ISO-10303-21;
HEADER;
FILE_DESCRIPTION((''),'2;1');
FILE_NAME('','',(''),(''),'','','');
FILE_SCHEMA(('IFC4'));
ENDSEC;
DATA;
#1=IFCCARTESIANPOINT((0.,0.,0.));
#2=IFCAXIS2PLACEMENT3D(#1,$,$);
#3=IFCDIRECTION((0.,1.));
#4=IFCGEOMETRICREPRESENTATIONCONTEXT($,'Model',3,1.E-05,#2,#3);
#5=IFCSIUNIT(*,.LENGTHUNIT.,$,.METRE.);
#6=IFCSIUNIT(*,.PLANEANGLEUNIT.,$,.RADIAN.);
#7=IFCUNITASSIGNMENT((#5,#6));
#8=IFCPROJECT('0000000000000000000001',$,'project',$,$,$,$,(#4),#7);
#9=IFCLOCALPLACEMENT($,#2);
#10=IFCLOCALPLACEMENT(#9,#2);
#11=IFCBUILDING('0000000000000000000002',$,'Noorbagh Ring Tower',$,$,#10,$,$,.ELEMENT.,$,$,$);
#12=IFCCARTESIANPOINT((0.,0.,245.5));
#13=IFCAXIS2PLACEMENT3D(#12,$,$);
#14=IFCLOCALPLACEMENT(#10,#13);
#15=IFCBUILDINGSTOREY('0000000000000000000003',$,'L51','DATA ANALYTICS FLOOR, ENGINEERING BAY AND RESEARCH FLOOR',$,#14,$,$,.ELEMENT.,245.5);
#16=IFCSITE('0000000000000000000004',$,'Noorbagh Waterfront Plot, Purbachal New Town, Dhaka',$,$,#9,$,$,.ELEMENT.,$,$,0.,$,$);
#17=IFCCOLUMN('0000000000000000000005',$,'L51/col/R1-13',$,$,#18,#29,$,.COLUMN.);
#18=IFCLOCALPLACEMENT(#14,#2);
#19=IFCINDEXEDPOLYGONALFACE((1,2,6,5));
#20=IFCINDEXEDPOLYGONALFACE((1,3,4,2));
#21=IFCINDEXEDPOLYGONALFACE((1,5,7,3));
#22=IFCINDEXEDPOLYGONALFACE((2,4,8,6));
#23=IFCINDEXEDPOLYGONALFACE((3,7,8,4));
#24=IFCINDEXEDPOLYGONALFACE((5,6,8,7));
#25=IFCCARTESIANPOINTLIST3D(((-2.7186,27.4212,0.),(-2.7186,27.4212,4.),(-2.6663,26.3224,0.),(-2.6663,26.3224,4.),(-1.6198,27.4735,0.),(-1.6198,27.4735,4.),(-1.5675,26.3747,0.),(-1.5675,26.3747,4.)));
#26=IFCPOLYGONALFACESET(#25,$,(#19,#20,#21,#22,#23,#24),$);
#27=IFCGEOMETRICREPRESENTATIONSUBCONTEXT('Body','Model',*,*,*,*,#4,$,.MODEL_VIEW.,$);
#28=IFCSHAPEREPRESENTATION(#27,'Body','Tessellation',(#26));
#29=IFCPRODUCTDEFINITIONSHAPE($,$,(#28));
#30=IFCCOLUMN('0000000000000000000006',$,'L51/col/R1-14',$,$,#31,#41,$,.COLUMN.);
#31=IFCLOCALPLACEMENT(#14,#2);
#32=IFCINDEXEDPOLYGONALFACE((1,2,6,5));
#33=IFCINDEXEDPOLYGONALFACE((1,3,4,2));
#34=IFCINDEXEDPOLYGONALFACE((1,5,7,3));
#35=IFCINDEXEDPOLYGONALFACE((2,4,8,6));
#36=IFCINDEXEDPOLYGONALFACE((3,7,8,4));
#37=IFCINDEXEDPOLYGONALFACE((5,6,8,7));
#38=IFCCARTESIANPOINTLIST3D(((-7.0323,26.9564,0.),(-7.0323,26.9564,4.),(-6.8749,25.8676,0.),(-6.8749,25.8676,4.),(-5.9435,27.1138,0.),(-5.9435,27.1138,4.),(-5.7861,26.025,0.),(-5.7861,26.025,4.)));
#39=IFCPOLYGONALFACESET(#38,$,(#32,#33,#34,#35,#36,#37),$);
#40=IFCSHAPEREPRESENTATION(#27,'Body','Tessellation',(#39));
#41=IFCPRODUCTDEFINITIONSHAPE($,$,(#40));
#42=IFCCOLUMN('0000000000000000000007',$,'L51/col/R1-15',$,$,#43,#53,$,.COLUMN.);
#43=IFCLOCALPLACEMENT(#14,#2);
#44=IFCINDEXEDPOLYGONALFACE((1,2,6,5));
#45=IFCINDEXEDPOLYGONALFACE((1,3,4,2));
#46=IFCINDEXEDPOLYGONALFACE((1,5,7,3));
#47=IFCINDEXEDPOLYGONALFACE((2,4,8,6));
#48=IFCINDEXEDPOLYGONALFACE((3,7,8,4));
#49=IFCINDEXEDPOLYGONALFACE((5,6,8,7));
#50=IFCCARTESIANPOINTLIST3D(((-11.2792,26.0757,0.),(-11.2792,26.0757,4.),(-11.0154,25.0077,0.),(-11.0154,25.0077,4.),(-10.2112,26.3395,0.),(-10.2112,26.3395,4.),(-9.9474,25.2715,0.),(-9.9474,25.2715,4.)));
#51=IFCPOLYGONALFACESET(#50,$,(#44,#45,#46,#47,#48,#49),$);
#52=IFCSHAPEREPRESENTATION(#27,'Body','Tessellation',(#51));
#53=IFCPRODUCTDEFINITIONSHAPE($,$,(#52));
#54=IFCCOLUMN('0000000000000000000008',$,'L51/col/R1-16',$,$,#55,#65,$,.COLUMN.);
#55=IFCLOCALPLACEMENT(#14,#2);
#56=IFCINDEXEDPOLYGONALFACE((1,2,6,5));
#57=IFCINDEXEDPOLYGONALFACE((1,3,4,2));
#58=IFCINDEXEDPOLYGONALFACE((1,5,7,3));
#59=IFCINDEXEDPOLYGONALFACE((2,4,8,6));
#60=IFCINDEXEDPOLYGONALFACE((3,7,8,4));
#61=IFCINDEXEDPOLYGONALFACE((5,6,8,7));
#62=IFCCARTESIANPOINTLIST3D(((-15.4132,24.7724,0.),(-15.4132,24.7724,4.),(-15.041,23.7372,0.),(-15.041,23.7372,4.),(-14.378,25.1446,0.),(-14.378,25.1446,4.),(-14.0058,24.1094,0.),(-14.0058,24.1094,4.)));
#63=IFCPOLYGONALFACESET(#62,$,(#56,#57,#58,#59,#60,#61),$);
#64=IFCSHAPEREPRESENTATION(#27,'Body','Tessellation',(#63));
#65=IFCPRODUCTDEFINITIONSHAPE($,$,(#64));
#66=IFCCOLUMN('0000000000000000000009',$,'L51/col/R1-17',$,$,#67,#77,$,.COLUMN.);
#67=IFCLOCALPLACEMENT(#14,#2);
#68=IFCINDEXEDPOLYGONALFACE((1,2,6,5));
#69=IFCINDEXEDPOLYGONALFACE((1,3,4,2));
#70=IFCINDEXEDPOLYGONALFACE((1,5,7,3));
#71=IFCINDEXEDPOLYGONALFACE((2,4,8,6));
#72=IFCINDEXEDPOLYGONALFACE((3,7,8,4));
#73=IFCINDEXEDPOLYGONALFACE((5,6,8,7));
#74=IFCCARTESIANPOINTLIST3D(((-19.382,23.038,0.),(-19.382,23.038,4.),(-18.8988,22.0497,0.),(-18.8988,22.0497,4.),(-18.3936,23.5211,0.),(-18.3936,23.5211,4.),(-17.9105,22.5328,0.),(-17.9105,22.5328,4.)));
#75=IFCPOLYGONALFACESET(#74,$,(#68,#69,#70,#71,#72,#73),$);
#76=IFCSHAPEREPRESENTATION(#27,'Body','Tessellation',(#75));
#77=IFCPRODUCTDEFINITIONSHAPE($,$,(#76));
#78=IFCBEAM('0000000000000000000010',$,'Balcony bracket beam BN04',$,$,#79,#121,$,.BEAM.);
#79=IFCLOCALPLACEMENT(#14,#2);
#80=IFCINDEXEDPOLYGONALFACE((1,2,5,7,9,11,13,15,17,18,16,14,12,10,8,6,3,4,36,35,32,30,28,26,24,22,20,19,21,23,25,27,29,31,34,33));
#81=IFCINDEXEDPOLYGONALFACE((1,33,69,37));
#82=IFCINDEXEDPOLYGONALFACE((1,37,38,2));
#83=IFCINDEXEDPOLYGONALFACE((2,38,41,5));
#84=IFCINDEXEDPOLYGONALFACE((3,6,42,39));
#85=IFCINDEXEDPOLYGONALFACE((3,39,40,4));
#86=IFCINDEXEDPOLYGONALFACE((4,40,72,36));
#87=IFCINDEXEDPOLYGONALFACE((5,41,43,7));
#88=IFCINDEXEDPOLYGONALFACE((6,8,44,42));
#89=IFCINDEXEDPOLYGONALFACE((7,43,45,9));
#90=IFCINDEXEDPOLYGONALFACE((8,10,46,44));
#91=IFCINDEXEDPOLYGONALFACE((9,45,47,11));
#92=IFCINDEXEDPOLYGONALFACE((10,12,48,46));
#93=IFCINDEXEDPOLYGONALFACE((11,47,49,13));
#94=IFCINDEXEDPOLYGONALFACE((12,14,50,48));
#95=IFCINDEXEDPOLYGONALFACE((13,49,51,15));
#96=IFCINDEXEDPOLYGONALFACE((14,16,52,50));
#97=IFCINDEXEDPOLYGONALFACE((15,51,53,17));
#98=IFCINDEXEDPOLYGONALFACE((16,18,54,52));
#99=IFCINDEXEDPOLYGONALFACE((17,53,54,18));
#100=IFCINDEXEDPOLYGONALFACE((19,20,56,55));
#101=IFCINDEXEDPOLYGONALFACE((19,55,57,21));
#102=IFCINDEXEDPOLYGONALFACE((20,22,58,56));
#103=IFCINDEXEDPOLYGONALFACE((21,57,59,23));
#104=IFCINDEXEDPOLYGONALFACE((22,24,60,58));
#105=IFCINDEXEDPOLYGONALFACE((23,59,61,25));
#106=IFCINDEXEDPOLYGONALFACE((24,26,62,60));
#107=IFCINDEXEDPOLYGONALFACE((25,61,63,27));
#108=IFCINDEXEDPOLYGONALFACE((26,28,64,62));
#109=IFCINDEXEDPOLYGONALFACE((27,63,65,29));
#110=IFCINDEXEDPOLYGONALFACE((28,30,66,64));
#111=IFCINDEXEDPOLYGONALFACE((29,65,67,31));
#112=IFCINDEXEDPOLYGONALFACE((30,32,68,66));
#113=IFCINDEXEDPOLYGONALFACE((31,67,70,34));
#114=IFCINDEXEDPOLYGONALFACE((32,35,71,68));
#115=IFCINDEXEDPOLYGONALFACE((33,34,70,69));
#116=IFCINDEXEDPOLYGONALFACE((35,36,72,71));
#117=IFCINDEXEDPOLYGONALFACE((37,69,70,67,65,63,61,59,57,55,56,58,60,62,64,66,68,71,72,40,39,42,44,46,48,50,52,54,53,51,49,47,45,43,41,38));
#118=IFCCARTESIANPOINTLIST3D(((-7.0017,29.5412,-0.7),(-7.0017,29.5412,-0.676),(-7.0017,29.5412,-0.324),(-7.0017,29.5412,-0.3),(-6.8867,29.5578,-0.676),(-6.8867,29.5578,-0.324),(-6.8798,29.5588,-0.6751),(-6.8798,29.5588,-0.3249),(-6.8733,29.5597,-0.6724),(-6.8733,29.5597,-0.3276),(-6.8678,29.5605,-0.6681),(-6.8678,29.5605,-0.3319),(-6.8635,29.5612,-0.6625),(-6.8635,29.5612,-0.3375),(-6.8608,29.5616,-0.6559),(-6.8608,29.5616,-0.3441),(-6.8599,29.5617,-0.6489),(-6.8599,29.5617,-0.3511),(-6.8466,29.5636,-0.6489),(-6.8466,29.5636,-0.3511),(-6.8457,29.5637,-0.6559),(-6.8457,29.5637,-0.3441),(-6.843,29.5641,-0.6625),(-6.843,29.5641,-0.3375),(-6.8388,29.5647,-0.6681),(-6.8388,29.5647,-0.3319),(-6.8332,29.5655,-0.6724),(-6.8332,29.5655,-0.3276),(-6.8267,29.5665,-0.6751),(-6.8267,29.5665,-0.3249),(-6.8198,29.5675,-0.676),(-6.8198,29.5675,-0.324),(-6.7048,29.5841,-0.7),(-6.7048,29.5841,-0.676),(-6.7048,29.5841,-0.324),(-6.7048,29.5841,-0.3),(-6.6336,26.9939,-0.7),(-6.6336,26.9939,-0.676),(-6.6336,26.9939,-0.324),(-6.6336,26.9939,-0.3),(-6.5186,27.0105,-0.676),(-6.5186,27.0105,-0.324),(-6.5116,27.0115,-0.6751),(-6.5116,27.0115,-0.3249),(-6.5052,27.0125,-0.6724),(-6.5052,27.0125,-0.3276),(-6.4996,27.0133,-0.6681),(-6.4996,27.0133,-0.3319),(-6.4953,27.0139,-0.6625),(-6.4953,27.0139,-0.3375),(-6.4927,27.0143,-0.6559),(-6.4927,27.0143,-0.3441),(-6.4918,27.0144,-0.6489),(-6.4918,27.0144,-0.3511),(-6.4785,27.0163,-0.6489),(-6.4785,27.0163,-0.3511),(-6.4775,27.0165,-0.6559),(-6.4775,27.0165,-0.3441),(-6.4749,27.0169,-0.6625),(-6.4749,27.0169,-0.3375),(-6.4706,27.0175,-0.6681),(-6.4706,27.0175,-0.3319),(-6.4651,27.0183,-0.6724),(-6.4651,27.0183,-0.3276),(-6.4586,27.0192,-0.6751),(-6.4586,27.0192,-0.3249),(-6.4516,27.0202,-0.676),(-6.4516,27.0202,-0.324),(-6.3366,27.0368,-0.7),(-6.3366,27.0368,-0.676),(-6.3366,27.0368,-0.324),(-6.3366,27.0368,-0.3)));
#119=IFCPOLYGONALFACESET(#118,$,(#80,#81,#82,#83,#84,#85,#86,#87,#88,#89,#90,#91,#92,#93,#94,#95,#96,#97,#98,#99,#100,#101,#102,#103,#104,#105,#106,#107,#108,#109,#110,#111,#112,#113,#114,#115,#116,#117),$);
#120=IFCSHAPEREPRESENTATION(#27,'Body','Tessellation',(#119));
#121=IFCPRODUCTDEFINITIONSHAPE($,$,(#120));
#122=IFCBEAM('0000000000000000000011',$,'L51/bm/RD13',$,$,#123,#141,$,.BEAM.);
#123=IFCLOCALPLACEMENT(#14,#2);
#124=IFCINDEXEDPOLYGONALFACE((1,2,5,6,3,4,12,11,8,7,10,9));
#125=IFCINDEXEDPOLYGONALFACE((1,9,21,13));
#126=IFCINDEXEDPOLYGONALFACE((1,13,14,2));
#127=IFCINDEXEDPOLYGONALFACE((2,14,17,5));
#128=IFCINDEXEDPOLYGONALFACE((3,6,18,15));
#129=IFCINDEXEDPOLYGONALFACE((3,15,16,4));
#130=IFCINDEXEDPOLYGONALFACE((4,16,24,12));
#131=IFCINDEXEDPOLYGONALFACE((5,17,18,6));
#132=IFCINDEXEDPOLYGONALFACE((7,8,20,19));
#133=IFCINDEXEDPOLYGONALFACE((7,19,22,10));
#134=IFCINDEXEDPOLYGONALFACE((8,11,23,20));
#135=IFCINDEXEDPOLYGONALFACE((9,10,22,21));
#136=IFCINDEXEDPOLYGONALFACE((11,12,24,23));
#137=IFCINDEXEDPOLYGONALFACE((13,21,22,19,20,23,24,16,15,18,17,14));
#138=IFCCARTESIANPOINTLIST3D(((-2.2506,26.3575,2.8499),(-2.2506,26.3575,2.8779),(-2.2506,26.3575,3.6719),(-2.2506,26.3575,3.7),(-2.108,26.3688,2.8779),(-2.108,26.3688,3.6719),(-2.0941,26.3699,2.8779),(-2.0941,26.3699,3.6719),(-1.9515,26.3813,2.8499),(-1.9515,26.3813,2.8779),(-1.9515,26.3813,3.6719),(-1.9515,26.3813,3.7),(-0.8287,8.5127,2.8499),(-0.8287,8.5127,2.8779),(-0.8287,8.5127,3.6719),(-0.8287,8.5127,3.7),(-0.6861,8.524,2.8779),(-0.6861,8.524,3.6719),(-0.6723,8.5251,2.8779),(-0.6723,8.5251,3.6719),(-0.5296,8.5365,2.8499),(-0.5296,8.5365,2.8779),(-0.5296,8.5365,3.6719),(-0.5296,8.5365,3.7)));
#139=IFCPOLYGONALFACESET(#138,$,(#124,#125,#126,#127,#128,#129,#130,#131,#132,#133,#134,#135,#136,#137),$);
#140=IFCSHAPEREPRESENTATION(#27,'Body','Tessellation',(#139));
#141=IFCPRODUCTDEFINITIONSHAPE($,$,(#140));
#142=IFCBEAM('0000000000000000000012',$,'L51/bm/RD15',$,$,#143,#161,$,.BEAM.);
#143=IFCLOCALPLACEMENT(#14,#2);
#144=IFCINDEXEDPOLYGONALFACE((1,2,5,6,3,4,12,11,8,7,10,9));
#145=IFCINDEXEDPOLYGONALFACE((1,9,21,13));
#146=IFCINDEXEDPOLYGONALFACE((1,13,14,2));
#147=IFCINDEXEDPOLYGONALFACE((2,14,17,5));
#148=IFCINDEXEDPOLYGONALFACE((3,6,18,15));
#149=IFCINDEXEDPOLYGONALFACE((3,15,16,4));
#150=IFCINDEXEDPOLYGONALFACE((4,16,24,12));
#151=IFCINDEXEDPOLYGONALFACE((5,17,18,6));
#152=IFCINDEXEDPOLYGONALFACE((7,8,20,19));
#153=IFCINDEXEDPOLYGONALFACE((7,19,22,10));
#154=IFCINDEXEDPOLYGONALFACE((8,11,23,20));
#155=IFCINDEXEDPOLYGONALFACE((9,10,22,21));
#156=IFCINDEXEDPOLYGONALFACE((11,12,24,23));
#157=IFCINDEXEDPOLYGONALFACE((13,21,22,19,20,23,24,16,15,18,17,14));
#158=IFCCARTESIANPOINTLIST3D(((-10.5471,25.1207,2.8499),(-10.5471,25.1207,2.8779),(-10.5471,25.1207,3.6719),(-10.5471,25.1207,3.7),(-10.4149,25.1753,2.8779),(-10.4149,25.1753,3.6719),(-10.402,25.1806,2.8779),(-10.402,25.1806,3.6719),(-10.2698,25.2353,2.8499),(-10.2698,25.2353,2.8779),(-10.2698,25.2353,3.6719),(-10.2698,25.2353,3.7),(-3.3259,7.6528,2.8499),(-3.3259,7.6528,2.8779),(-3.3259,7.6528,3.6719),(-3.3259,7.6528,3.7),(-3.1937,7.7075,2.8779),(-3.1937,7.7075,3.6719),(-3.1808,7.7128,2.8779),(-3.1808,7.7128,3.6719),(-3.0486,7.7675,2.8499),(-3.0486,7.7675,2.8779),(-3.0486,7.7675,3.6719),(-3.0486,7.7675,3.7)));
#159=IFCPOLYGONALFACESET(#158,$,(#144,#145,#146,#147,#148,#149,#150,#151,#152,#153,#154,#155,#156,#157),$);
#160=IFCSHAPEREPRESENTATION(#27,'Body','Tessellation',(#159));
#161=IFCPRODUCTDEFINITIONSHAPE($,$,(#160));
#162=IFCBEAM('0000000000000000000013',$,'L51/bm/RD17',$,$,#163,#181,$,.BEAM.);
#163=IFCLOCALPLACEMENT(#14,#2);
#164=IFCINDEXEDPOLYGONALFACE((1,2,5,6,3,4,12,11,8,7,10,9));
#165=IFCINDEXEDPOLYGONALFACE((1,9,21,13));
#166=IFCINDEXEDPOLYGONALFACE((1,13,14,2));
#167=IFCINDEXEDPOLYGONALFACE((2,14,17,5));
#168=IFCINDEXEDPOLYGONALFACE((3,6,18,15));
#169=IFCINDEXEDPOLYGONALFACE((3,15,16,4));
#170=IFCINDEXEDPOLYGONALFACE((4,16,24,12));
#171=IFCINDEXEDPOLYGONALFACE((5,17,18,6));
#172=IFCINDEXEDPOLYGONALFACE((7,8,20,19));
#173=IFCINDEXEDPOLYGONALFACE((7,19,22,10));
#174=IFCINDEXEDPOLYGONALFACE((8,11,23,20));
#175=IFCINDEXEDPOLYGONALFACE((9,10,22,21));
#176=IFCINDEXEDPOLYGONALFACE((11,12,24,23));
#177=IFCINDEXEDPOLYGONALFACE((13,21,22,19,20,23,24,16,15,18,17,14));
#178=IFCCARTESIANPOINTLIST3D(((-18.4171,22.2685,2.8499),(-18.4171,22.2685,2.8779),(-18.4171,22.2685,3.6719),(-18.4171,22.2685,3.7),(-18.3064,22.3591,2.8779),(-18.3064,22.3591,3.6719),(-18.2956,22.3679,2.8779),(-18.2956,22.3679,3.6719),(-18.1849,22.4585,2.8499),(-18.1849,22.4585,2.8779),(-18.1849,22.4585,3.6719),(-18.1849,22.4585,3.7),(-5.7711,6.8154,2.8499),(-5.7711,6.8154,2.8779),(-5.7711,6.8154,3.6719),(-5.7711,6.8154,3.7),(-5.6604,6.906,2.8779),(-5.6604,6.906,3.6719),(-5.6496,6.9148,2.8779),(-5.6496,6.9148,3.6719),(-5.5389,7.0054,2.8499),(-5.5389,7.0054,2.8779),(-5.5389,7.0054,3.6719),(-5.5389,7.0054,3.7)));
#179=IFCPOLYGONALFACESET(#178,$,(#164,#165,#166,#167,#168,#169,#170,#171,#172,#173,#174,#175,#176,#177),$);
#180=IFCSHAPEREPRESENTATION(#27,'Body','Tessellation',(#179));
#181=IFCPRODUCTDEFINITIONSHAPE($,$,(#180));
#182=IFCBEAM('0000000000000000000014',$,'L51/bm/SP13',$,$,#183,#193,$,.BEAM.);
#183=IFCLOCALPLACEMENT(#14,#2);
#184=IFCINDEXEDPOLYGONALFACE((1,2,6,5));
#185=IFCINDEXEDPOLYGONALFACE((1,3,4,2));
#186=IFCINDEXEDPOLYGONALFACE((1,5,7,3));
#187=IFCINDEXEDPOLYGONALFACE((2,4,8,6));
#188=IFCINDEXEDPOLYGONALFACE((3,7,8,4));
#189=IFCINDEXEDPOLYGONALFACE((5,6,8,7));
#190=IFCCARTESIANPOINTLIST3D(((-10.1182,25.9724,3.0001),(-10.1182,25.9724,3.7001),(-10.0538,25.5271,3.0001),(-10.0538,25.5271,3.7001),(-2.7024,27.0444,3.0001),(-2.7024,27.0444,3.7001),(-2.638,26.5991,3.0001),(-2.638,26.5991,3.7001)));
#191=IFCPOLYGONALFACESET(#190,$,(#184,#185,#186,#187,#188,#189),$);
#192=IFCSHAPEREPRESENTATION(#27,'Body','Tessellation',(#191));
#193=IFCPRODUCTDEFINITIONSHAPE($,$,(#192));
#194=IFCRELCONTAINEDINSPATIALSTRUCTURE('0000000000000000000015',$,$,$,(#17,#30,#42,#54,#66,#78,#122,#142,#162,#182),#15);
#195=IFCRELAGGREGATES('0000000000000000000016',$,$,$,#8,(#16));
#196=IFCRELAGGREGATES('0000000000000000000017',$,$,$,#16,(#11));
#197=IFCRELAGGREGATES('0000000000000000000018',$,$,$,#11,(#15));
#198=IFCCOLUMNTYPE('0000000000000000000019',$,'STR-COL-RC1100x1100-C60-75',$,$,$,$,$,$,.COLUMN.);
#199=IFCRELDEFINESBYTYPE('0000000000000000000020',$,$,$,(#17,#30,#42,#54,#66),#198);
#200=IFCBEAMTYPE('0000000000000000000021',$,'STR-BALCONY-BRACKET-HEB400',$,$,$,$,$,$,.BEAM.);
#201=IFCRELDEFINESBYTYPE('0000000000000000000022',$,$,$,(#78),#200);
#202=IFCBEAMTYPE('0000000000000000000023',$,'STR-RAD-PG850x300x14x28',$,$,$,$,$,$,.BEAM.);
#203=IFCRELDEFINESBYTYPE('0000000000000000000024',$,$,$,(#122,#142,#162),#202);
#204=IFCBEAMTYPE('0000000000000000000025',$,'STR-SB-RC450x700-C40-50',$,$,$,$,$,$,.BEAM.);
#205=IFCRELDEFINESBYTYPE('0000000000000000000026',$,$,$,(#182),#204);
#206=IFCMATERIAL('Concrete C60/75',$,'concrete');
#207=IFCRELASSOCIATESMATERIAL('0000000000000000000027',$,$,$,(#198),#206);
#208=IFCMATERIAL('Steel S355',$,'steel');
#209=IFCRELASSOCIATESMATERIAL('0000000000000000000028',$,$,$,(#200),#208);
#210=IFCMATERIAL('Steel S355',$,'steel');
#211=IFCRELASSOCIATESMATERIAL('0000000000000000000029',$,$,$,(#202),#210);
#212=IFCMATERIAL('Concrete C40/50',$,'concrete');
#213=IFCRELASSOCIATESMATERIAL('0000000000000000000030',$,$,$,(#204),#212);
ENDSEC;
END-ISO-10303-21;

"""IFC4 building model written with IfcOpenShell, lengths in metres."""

from ifc_helpers import new_model, si_unit, direction, frame, origin, origin_2d, place, context, subcontext, project, spatial, rectangle, i_section, extrude, material, material_profile, profile_set, type_object, element, save


model = new_model("IFC4")

# Units and contexts
model_context = context("Model", 3, precision=1e-05, world=origin(), true_north=direction((0.0, 1.0)))
body_context = subcontext(model_context, "Body", "Model", "MODEL_VIEW")
ifc_project = project(units=[si_unit("LENGTHUNIT", "METRE"), si_unit("PLANEANGLEUNIT", "RADIAN")], contexts=[model_context])

# Site, building, storey
site_placement = place(None, origin())
site = spatial("IfcSite", under=ifc_project, at=site_placement, Name="Noorbagh Waterfront Plot, Purbachal New Town, Dhaka", CompositionType="ELEMENT", RefElevation=0.0)
building_placement = place(site_placement, origin())
building = spatial("IfcBuilding", under=site, at=building_placement, Name="Noorbagh Ring Tower", CompositionType="ELEMENT")
storey_placement = place(building_placement, frame((0.0, 0.0, 245.5)))
storey = spatial("IfcBuildingStorey", under=building, at=storey_placement, Name="L51", Description="DATA ANALYTICS FLOOR, ENGINEERING BAY AND RESEARCH FLOOR", CompositionType="ELEMENT", Elevation=245.5)

# Columns
ifc_material_1 = material(Name="Concrete C60/75", Category="concrete")
ifc_material_profile_1 = material_profile(ifc_material_1, rectangle(XDim=1.1001, YDim=1.1001, at=origin_2d()), Name="RC1100x1100")
ifc_profile_set_1 = profile_set([ifc_material_profile_1], Name="Concrete C60/75")
column_type = type_object("IfcColumnType", Name="STR-COL-RC1100x1100-C60-75", PredefinedType="COLUMN", material=ifc_profile_set_1)
for number, where, z_axis, x_axis, name in (
    (1, (-2.1431, 26.8979, 0.0), (0.0, 0.0, 1.0), (-0.998869, -0.047553, 0.0), "L51/col/R1-13"),
    (2, (-6.4092, 26.4907, 0.0), (0.0, 0.0, 1.0), (-0.989713, -0.143066, 0.0), "L51/col/R1-14"),
    (3, (-10.6133, 25.6736, 0.0), (0.0, 0.0, 1.0), (-0.970829, -0.239771, 0.0), "L51/col/R1-15"),
    (4, (-14.7095, 24.4409, 0.0), (0.0, 0.0, 1.0), (-0.941025, -0.338338, 0.0), "L51/col/R1-16"),
    (5, (-18.6462, 22.7854, 0.0), (0.0, 0.0, 1.0), (-0.898399, -0.43918, 0.0), "L51/col/R1-17"),
):
    element("IfcColumn", number, at=place(storey_placement, frame(where, z_axis=z_axis, x_axis=x_axis)), inside=storey, type_object=column_type, Name=name, PredefinedType="COLUMN", context=body_context, shape_type="SweptSolid", body=[
        extrude(rectangle(XDim=1.1001, YDim=1.1001, at=origin_2d()), origin(), (0.0, 0.0, 1.0), 4.0),
    ])

# Beams
ifc_material_2 = material(Name="Steel S355", Category="steel")
ifc_material_profile_2 = material_profile(ifc_material_2, i_section(OverallWidth=0.3, OverallDepth=0.3999, WebThickness=0.0134, FlangeThickness=0.0239, FilletRadius=0.0271, at=origin_2d()), Name="HEB400")
ifc_profile_set_2 = profile_set([ifc_material_profile_2], Name="Steel S355")
beam_type_1 = type_object("IfcBeamType", Name="STR-BALCONY-BRACKET-HEB400", PredefinedType="BEAM", material=ifc_profile_set_2)
beam_1_placement = place(storey_placement, frame((-6.4851, 27.0154, -0.5), z_axis=(-0.143041, 0.989717, 0.0), x_axis=(-0.989717, -0.143041, 0.0)))
element("IfcBeam", 6, at=beam_1_placement, inside=storey, type_object=beam_type_1, Name="Balcony bracket beam BN04", PredefinedType="BEAM", context=body_context, shape_type="SweptSolid", body=[
    extrude(i_section(OverallWidth=0.3, OverallDepth=0.3999, WebThickness=0.0134, FlangeThickness=0.0239, FilletRadius=0.0271, at=origin_2d()), origin(), (0.0, 0.0, 1.0), 2.5737),
])
ifc_material_3 = material(Name="Steel S355", Category="steel")
ifc_material_profile_3 = material_profile(ifc_material_3, i_section(OverallWidth=0.3, OverallDepth=0.8501, WebThickness=0.0139, FlangeThickness=0.0281, at=origin_2d()), Name="PG850x300x14x28")
ifc_profile_set_3 = profile_set([ifc_material_profile_3], Name="Steel S355")
beam_type_2 = type_object("IfcBeamType", Name="STR-RAD-PG850x300x14x28", PredefinedType="BEAM", material=ifc_profile_set_3)
beam_2_placement = place(storey_placement, frame((-2.1011, 26.3694, 3.2749), z_axis=(0.079429, -0.996841, 0.0), x_axis=(0.996841, 0.079429, 0.0)))
element("IfcBeam", 7, at=beam_2_placement, inside=storey, type_object=beam_type_2, Name="L51/bm/RD13", PredefinedType="BEAM", context=body_context, shape_type="SweptSolid", body=[
    extrude(i_section(OverallWidth=0.3, OverallDepth=0.8501, WebThickness=0.0139, FlangeThickness=0.0281, at=origin_2d()), origin(), (0.0, 0.0, 1.0), 17.9014),
])
beam_3_placement = place(storey_placement, frame((-10.4084, 25.178, 3.2749), z_axis=(0.382042, -0.924145, 0.0), x_axis=(0.924145, 0.382042, 0.0)))
element("IfcBeam", 8, at=beam_3_placement, inside=storey, type_object=beam_type_2, Name="L51/bm/RD15", PredefinedType="BEAM", context=body_context, shape_type="SweptSolid", body=[
    extrude(i_section(OverallWidth=0.3, OverallDepth=0.8501, WebThickness=0.0139, FlangeThickness=0.0281, at=origin_2d()), origin(), (0.0, 0.0, 1.0), 18.9016),
])
beam_4_placement = place(storey_placement, frame((-18.301, 22.3635, 3.2749), z_axis=(0.633314, -0.773895, 0.0), x_axis=(0.773895, 0.633314, 0.0)))
element("IfcBeam", 9, at=beam_4_placement, inside=storey, type_object=beam_type_2, Name="L51/bm/RD17", PredefinedType="BEAM", context=body_context, shape_type="SweptSolid", body=[
    extrude(i_section(OverallWidth=0.3, OverallDepth=0.8501, WebThickness=0.0139, FlangeThickness=0.0281, at=origin_2d()), origin(), (0.0, 0.0, 1.0), 19.968),
])
ifc_material_4 = material(Name="Concrete C40/50", Category="concrete")
ifc_material_profile_4 = material_profile(ifc_material_4, rectangle(XDim=0.45, YDim=0.7, at=origin_2d()), Name="RC450x700")
ifc_profile_set_4 = profile_set([ifc_material_profile_4], Name="Concrete C40/50")
beam_type_3 = type_object("IfcBeamType", Name="STR-SB-RC450x700-C40-50", PredefinedType="BEAM", material=ifc_profile_set_4)
beam_5_placement = place(storey_placement, frame((-2.6702, 26.8218, 3.3501), z_axis=(-0.989712, -0.143072, 0.0), x_axis=(0.143072, -0.989712, 0.0)))
element("IfcBeam", 10, at=beam_5_placement, inside=storey, type_object=beam_type_3, Name="L51/bm/SP13", PredefinedType="BEAM", context=body_context, shape_type="SweptSolid", body=[
    extrude(rectangle(XDim=0.45, YDim=0.7, at=origin_2d()), origin(), (0.0, 0.0, 1.0), 7.4929),
])

save(model, "model.ifc")
